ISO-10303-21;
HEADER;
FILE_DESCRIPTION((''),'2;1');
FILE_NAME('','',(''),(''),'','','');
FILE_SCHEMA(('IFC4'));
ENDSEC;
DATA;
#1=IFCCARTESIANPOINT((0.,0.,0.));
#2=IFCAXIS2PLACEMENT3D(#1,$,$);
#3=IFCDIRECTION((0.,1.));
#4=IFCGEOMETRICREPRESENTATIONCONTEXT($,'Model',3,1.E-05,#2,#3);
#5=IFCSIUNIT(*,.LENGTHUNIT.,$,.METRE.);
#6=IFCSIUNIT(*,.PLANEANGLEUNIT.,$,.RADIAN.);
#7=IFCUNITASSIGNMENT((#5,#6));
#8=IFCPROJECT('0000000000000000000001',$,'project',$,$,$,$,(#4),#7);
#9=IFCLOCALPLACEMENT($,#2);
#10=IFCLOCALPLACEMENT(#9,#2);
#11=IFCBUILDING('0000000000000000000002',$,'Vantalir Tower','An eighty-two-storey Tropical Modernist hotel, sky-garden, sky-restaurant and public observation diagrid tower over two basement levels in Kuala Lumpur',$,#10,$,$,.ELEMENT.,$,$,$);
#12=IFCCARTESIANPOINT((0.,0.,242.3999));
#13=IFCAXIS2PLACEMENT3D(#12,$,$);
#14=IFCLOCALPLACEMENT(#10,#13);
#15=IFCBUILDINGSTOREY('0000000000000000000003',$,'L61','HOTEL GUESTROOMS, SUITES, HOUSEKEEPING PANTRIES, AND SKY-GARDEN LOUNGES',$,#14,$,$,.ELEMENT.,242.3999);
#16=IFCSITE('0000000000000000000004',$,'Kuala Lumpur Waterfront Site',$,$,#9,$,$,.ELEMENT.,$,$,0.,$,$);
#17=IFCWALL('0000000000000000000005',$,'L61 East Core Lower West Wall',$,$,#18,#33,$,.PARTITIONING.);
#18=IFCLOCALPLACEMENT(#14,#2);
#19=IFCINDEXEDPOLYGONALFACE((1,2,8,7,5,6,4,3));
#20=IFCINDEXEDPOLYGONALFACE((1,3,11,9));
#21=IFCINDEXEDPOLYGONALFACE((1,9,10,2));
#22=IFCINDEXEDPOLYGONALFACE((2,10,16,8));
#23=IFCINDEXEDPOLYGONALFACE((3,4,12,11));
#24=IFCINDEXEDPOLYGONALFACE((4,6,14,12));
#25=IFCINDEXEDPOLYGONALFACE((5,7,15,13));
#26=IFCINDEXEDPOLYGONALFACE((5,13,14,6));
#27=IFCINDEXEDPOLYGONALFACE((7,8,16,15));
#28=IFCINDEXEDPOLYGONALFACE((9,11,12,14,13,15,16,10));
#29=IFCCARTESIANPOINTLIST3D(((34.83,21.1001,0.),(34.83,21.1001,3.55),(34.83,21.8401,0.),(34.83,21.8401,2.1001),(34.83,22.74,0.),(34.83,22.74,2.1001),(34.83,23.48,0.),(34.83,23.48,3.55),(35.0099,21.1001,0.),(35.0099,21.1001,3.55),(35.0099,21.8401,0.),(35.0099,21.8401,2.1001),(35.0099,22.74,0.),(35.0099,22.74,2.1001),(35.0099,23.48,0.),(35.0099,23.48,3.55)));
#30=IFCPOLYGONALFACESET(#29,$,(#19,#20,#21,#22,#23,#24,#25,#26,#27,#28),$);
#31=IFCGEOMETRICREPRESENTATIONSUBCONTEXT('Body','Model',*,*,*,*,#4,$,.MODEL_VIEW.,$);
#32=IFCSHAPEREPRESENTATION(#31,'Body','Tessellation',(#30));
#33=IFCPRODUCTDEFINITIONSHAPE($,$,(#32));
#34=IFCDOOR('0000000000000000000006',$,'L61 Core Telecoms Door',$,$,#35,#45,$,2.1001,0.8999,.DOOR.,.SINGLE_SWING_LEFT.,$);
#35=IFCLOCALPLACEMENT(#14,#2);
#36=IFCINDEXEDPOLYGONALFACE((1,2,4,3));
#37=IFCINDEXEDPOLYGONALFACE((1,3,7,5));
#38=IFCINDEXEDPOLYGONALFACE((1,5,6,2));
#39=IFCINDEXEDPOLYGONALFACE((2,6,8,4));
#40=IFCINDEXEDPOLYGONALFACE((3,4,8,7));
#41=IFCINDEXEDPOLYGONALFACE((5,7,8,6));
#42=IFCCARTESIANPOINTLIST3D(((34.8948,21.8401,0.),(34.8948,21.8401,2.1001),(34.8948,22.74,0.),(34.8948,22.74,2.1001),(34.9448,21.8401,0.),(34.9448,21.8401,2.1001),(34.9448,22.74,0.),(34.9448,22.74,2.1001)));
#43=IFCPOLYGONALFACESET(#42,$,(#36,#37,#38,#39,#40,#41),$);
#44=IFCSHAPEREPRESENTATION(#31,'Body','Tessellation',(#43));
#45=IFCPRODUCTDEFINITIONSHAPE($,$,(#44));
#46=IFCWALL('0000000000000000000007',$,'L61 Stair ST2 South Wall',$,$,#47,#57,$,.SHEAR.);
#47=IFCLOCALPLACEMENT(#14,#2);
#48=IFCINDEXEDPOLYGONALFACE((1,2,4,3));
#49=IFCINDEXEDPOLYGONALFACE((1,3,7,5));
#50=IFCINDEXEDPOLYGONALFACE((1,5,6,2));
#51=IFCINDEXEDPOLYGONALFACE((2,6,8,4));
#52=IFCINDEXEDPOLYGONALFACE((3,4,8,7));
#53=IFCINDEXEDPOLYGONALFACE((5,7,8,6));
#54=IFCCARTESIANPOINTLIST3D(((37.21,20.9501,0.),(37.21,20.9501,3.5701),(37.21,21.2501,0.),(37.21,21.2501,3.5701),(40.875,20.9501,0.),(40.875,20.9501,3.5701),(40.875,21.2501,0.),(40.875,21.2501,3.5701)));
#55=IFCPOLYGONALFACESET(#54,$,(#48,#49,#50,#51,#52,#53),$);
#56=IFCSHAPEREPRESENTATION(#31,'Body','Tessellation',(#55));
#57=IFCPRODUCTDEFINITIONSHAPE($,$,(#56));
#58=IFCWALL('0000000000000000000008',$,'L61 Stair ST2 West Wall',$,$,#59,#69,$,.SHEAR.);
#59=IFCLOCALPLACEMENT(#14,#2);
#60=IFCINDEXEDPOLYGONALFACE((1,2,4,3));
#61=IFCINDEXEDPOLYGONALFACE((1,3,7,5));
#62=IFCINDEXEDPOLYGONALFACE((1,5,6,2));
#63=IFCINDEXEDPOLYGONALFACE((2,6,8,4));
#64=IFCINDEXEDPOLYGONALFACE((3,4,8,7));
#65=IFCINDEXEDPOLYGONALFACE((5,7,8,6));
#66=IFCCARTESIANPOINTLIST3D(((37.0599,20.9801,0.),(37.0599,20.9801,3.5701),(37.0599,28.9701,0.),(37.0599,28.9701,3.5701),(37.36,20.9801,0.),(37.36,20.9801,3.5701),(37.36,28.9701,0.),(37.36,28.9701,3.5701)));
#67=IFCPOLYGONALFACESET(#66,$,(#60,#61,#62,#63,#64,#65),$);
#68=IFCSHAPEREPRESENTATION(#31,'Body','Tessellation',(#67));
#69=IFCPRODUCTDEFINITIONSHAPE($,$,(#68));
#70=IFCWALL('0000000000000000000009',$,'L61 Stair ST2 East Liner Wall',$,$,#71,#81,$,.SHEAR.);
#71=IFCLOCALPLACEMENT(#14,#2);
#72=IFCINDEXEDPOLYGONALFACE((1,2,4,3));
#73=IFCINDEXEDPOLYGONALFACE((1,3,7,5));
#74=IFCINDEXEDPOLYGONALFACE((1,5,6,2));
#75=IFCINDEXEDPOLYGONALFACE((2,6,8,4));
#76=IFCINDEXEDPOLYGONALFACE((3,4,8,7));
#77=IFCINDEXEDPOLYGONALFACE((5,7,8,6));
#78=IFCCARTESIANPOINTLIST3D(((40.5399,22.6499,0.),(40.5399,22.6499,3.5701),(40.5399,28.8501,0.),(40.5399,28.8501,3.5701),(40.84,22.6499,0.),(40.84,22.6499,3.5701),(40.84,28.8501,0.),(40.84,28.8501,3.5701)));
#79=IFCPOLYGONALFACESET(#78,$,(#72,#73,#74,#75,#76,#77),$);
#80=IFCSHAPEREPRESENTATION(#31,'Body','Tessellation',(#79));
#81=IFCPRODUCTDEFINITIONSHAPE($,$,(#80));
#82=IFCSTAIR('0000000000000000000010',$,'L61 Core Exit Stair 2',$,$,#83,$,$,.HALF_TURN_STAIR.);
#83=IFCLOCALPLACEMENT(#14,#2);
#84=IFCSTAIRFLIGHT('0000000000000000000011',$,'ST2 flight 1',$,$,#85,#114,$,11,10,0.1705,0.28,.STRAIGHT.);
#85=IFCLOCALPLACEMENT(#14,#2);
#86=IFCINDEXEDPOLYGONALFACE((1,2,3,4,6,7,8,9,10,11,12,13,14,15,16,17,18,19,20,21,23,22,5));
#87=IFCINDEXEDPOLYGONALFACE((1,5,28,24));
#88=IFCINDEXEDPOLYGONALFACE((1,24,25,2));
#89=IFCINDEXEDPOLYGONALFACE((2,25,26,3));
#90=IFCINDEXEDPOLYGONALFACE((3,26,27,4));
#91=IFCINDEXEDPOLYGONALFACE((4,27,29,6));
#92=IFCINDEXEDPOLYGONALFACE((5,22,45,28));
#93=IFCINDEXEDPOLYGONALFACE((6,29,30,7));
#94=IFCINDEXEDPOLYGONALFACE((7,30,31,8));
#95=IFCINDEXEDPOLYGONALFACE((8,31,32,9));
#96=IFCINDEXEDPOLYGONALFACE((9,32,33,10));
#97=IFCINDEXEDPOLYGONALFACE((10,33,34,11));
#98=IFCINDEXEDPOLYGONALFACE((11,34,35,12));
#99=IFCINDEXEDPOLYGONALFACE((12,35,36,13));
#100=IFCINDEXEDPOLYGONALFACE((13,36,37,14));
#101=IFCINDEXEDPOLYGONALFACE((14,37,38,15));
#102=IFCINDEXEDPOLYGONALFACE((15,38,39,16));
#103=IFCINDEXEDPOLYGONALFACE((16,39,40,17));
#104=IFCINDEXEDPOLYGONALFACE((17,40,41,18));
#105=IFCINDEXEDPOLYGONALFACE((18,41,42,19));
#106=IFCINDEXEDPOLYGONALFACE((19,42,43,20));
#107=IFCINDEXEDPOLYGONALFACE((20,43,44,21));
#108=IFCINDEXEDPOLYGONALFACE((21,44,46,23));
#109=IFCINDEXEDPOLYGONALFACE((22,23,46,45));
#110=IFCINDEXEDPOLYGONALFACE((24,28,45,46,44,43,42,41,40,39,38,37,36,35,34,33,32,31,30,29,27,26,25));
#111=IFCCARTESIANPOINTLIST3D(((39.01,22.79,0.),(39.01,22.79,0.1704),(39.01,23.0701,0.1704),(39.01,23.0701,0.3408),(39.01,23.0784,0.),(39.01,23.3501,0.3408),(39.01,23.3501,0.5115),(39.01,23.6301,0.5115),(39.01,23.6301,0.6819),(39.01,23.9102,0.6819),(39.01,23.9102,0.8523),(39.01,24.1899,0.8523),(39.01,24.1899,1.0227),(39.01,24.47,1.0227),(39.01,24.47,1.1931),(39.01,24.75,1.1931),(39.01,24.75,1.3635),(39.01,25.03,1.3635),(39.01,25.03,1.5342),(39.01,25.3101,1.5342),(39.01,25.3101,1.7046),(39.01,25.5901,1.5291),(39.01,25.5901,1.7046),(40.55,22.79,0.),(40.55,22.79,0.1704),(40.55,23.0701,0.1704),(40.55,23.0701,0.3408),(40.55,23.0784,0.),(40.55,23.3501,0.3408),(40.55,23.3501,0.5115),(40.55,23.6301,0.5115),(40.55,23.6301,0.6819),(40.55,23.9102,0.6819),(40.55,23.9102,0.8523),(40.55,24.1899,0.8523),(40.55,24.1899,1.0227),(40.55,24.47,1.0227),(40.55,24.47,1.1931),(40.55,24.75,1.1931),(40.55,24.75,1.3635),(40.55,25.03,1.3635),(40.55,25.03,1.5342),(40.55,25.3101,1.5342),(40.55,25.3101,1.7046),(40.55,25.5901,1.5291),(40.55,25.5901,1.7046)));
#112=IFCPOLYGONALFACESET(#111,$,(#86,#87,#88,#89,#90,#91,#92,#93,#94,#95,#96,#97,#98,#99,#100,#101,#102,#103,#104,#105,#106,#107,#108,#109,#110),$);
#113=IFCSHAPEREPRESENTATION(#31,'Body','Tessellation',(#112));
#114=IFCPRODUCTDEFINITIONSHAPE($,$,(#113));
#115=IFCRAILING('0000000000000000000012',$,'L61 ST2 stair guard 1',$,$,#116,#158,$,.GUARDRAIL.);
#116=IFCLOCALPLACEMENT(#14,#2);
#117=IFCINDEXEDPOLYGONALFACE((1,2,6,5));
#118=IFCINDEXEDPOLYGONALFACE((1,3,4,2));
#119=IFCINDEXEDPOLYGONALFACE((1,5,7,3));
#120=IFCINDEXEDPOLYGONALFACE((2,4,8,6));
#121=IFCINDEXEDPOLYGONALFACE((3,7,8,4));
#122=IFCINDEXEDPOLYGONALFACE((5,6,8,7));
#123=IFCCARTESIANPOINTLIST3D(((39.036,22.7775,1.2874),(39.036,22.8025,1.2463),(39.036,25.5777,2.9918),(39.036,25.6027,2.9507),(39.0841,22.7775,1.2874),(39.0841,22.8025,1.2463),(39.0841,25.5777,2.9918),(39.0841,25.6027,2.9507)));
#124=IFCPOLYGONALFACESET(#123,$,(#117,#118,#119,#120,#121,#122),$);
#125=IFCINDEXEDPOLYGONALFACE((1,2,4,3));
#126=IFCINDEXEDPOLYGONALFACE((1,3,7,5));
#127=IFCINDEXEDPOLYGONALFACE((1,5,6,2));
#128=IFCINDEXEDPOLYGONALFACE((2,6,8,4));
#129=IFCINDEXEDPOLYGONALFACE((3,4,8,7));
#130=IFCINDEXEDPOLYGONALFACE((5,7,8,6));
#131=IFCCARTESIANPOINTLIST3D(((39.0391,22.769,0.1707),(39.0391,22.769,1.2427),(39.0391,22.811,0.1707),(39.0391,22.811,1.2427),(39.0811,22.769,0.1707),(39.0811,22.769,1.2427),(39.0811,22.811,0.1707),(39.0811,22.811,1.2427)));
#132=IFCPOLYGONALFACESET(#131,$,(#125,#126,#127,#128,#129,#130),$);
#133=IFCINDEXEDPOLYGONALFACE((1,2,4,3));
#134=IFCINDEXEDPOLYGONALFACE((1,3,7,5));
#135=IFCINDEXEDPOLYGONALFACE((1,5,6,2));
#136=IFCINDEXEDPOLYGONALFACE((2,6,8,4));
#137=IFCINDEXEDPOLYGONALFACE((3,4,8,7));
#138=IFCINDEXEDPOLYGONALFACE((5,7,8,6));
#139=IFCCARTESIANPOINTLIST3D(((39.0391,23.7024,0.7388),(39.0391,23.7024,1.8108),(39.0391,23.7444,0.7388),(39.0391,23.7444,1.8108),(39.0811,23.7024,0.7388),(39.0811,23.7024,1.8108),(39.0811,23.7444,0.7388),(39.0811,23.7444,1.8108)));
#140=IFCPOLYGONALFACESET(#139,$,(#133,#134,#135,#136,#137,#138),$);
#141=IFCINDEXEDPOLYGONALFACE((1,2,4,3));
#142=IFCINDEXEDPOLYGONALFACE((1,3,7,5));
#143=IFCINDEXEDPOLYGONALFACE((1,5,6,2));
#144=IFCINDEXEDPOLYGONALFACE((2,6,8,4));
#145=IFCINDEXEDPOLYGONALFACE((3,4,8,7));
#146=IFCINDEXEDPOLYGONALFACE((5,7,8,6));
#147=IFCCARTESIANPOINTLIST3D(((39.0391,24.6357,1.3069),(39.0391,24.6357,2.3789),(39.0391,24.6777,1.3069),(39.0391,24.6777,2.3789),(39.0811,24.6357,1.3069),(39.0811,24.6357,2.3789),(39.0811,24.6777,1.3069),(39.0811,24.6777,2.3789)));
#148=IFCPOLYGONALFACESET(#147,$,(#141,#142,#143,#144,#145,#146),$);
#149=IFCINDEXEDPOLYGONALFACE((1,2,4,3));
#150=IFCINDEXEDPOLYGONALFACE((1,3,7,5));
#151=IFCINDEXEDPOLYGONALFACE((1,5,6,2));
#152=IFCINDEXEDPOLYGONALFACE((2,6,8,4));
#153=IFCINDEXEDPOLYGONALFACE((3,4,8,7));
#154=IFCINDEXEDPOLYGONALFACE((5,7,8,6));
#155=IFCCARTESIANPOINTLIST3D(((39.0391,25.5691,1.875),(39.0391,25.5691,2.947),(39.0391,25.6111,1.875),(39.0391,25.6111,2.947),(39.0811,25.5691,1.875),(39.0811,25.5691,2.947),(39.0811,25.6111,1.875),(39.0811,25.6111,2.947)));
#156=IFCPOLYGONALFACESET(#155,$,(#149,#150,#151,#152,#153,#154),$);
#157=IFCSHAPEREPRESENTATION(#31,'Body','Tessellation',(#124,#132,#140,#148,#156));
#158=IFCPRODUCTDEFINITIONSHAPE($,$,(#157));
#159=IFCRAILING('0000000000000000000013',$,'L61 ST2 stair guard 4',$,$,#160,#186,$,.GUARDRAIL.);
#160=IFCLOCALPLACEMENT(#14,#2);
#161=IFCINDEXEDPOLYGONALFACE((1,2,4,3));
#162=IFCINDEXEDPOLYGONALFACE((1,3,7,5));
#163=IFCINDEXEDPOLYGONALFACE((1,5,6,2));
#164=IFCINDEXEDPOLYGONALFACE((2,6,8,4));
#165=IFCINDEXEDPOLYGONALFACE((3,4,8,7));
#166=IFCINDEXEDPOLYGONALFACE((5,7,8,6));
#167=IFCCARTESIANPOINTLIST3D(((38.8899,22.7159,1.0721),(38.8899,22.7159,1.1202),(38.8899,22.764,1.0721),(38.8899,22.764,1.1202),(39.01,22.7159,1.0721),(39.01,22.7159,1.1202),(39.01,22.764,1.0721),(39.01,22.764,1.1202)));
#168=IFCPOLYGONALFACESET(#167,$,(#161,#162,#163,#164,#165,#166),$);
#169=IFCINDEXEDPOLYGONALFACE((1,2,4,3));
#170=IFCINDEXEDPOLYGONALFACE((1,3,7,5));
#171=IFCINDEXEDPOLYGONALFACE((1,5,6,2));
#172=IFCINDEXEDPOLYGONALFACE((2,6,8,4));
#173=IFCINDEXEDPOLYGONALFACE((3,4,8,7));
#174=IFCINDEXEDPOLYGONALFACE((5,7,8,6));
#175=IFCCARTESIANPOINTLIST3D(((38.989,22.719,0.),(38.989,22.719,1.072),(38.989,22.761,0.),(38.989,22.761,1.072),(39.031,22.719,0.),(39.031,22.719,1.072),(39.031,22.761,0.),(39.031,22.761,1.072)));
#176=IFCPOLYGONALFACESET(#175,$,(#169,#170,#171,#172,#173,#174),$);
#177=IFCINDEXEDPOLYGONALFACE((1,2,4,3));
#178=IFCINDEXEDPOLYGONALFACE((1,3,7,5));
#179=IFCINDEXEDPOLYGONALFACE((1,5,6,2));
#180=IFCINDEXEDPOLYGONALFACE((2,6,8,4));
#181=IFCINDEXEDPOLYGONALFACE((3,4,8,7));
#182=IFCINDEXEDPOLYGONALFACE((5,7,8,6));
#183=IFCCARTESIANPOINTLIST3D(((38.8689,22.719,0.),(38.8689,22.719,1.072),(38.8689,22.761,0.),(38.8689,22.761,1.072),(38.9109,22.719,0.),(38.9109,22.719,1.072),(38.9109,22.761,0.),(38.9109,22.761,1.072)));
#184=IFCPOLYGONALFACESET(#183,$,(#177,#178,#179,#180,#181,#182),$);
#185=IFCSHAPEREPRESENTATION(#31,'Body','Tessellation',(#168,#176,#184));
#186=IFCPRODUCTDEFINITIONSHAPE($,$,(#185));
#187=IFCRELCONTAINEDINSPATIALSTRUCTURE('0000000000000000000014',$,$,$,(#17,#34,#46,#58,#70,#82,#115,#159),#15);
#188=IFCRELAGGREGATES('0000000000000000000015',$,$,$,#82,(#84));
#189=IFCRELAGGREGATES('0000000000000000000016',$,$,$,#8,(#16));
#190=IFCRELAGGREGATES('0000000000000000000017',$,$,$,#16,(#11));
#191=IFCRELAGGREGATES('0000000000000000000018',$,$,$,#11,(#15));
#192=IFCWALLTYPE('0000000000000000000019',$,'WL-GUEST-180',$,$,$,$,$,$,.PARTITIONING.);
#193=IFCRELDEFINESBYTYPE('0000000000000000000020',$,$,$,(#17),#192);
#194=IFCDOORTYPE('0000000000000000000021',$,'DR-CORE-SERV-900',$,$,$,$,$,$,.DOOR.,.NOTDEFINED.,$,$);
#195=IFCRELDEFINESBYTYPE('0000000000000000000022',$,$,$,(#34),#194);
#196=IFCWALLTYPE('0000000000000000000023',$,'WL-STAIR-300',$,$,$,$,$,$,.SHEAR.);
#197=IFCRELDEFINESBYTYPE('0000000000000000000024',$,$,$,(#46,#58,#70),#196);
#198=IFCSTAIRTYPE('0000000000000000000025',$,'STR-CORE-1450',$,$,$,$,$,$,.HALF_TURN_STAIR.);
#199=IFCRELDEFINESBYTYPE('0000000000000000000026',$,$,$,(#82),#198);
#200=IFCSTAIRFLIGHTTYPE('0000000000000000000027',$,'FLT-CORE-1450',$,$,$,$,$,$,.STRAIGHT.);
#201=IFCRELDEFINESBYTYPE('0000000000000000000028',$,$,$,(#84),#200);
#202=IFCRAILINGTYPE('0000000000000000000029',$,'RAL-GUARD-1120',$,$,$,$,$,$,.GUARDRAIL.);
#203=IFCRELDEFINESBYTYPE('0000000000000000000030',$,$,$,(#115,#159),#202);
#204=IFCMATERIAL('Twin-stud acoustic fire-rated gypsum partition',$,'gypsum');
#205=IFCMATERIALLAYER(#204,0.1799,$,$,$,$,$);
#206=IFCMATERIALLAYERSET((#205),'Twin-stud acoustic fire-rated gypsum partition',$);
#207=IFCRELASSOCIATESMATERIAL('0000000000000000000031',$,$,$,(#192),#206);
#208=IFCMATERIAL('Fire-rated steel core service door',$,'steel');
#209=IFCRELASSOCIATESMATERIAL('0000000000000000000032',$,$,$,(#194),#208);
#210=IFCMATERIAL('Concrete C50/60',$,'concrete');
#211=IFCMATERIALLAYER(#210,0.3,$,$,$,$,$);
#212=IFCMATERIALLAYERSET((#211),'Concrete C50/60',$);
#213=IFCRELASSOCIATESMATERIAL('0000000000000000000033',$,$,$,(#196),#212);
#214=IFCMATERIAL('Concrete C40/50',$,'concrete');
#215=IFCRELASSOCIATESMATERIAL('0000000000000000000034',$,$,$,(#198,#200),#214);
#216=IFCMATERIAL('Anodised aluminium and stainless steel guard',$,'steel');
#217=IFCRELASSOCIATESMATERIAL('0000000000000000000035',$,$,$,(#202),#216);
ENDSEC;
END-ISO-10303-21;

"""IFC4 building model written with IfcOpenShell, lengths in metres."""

from ifc_helpers import new_model, si_unit, direction, frame, frame_2d, origin, origin_2d, place, context, subcontext, project, spatial, polyline, rectangle, outline, extrude, material, layer, layer_set, type_object, element, fill, aggregate, save


model = new_model("IFC4")

# Units and contexts
model_context = context("Model", 3, precision=1e-05, world=origin(), true_north=direction((0.0, 1.0)))
body_context = subcontext(model_context, "Body", "Model", "MODEL_VIEW")
ifc_project = project(units=[si_unit("LENGTHUNIT", "METRE"), si_unit("PLANEANGLEUNIT", "RADIAN")], contexts=[model_context])

# Site, building, storey
site_placement = place(None, origin())
site = spatial("IfcSite", under=ifc_project, at=site_placement, Name="Kuala Lumpur Waterfront Site", CompositionType="ELEMENT", RefElevation=0.0)
building_placement = place(site_placement, origin())
building = spatial("IfcBuilding", under=site, at=building_placement, Name="Vantalir Tower", Description="An eighty-two-storey Tropical Modernist hotel, sky-garden, sky-restaurant and public observation diagrid tower over two basement levels in Kuala Lumpur", CompositionType="ELEMENT")
storey_placement = place(building_placement, frame((0.0, 0.0, 242.3999)))
storey = spatial("IfcBuildingStorey", under=building, at=storey_placement, Name="L61", Description="HOTEL GUESTROOMS, SUITES, HOUSEKEEPING PANTRIES, AND SKY-GARDEN LOUNGES", CompositionType="ELEMENT", Elevation=242.3999)

# Shared definitions
ifc_material_1 = material(Name="Concrete C50/60", Category="concrete")

# Shared definitions
ifc_material_2 = material(Name="Twin-stud acoustic fire-rated gypsum partition", Category="gypsum")
ifc_layer_1 = layer(ifc_material_2, 0.1799)
ifc_layer_set_1 = layer_set([ifc_layer_1], Name="Twin-stud acoustic fire-rated gypsum partition")
wall_type_1 = type_object("IfcWallType", Name="WL-GUEST-180", PredefinedType="PARTITIONING", material=ifc_layer_set_1)

# Wall, opening, door
wall_1_placement = place(storey_placement, frame((34.9199, 21.1001, 0.0), z_axis=(0.0, 0.0, 1.0), x_axis=(0.0, 1.0, 0.0)))
wall_1 = element("IfcWall", 1, at=wall_1_placement, inside=storey, type_object=wall_type_1, Name="L61 East Core Lower West Wall", PredefinedType="PARTITIONING", context=body_context, shape_type="SweptSolid", body=[
    extrude(rectangle(XDim=2.3799, YDim=0.1799, at=frame_2d((1.1899, 0.0))), origin(), (0.0, 0.0, 1.0), 3.55),
])
opening_placement = place(wall_1_placement, frame((0.74, 0.0, 0.0)))
opening = element("IfcOpeningElement", 2, at=opening_placement, cuts=wall_1, PredefinedType="OPENING", context=body_context, shape_type="SweptSolid", body=[
    extrude(rectangle(XDim=0.8999, YDim=2.1001, at=frame_2d((0.45, 1.05))), frame((0.0, 0.0999, 0.0), z_axis=(0.0, -1.0, 0.0), x_axis=(1.0, 0.0, 0.0)), (0.0, 0.0, 1.0), 0.2),
])
ifc_material_3 = material(Name="Fire-rated steel core service door", Category="steel")
door_type = type_object("IfcDoorType", Name="DR-CORE-SERV-900", OperationType="NOTDEFINED", PredefinedType="DOOR", material=ifc_material_3)
door_placement = place(opening_placement, frame((0.8999, 0.0, 0.0), z_axis=(0.0, 0.0, 1.0), x_axis=(-1.0, 0.0, 0.0)))
door = element("IfcDoor", 3, at=door_placement, inside=storey, type_object=door_type, Name="L61 Core Telecoms Door", OperationType="SINGLE_SWING_LEFT", OverallHeight=2.1001, OverallWidth=0.8999, PredefinedType="DOOR", context=body_context, shape_type="SweptSolid", body=[
    extrude(rectangle(XDim=0.8999, YDim=2.1001, at=frame_2d((0.45, 1.05))), frame((0.0, 0.0249, 0.0), z_axis=(0.0, -1.0, 0.0), x_axis=(1.0, 0.0, 0.0)), (0.0, 0.0, 1.0), 0.05),
])
fill(opening, door)

# Walls
ifc_layer_2 = layer(ifc_material_1, 0.3)
ifc_layer_set_2 = layer_set([ifc_layer_2], Name="Concrete C50/60")
wall_type_2 = type_object("IfcWallType", Name="WL-STAIR-300", PredefinedType="SHEAR", material=ifc_layer_set_2)
wall_2_placement = place(storey_placement, frame((37.21, 21.1001, 0.0), z_axis=(0.0, 0.0, 1.0), x_axis=(1.0, 0.0, 0.0)))
element("IfcWall", 4, at=wall_2_placement, inside=storey, type_object=wall_type_2, Name="L61 Stair ST2 South Wall", PredefinedType="SHEAR", context=body_context, shape_type="SweptSolid", body=[
    extrude(rectangle(XDim=3.665, YDim=0.3, at=frame_2d((1.8325, 0.0))), origin(), (0.0, 0.0, 1.0), 3.5701),
])
wall_3_placement = place(storey_placement, frame((37.21, 20.98, 0.0), z_axis=(0.0, 0.0, 1.0), x_axis=(0.0, 1.0, 0.0)))
element("IfcWall", 5, at=wall_3_placement, inside=storey, type_object=wall_type_2, Name="L61 Stair ST2 West Wall", PredefinedType="SHEAR", context=body_context, shape_type="SweptSolid", body=[
    extrude(rectangle(XDim=7.99, YDim=0.3, at=frame_2d((3.9951, 0.0))), origin(), (0.0, 0.0, 1.0), 3.5701),
])
wall_4_placement = place(storey_placement, frame((40.6899, 22.6499, 0.0), z_axis=(0.0, 0.0, 1.0), x_axis=(0.0, 1.0, 0.0)))
element("IfcWall", 6, at=wall_4_placement, inside=storey, type_object=wall_type_2, Name="L61 Stair ST2 East Liner Wall", PredefinedType="SHEAR", context=body_context, shape_type="SweptSolid", body=[
    extrude(rectangle(XDim=6.2002, YDim=0.3, at=frame_2d((3.1001, 0.0))), origin(), (0.0, 0.0, 1.0), 3.5701),
])

# Stair, stair flight
ifc_material_4 = material(Name="Concrete C40/50", Category="concrete")
stair_type = type_object("IfcStairType", Name="STR-CORE-1450", PredefinedType="HALF_TURN_STAIR", material=ifc_material_4)
stair_placement = place(storey_placement, origin())
stair = element("IfcStair", 7, at=stair_placement, inside=storey, type_object=stair_type, Name="L61 Core Exit Stair 2", PredefinedType="HALF_TURN_STAIR")
stair_flight_type = type_object("IfcStairFlightType", Name="FLT-CORE-1450", PredefinedType="STRAIGHT", material=ifc_material_4)
stair_flight_placement = place(storey_placement, frame((39.78, 22.79, 0.0), z_axis=(0.0, 0.0, 1.0), x_axis=(0.0, 1.0, 0.0)))
stair_flight = element("IfcStairFlight", 8, at=stair_flight_placement, type_object=stair_flight_type, Name="ST2 flight 1", NumberOfRisers=11, NumberOfTreads=10, PredefinedType="STRAIGHT", RiserHeight=0.1705, TreadLength=0.28, context=body_context, shape_type="SweptSolid", body=[
    extrude(outline(polyline([(0.0, 0.0), (0.0, 0.1704), (0.28, 0.1704), (0.28, 0.3408), (0.5601, 0.3408), (0.5601, 0.5115), (0.8401, 0.5115), (0.8401, 0.6819), (1.1201, 0.6819), (1.1201, 0.8523), (1.3999, 0.8523), (1.3999, 1.0227), (1.6799, 1.0227), (1.6799, 1.1931), (1.96, 1.1931), (1.96, 1.3635), (2.24, 1.3635), (2.24, 1.5342), (2.52, 1.5342), (2.52, 1.7046), (2.8, 1.7046), (2.8, 1.875), (2.8, 1.5291), (0.2883, 0.0), (0.0, 0.0)])), frame((0.0, 0.77, 0.0), z_axis=(0.0, -1.0, 0.0), x_axis=(1.0, 0.0, 0.0)), (0.0, 0.0, 1.0), 1.54),
])
aggregate(stair, [stair_flight])

# Railings
ifc_material_5 = material(Name="Anodised aluminium and stainless steel guard", Category="steel")
railing_type_1 = type_object("IfcRailingType", Name="RAL-GUARD-1120", PredefinedType="GUARDRAIL", material=ifc_material_5)
railing_1_placement = place(storey_placement, frame((39.0601, 22.79, 0.1707)))
element("IfcRailing", 9, at=railing_1_placement, inside=storey, type_object=railing_type_1, Name="L61 ST2 stair guard 1", PredefinedType="GUARDRAIL", context=body_context, shape_type="SweptSolid", body=[
    extrude(rectangle(XDim=0.0481, YDim=0.0481, at=origin_2d()), frame((0.0, 0.0, 1.0962), z_axis=(0.0, 0.854203, 0.51994), x_axis=(-1.0, 0.0, 0.0)), (0.0, 0.0, 1.0), 3.2781),
    extrude(rectangle(XDim=0.042, YDim=0.042, at=origin_2d()), origin(), (0.0, 0.0, 1.0), 1.072),
    extrude(rectangle(XDim=0.042, YDim=0.042, at=origin_2d()), frame((0.0, 0.9333, 0.5681)), (0.0, 0.0, 1.0), 1.072),
    extrude(rectangle(XDim=0.042, YDim=0.042, at=origin_2d()), frame((0.0, 1.8667, 1.1362)), (0.0, 0.0, 1.0), 1.072),
    extrude(rectangle(XDim=0.042, YDim=0.042, at=origin_2d()), frame((0.0, 2.8, 1.7043)), (0.0, 0.0, 1.0), 1.072),
])
railing_2_placement = place(storey_placement, frame((39.01, 22.74, 0.0)))
element("IfcRailing", 10, at=railing_2_placement, inside=storey, type_object=railing_type_1, Name="L61 ST2 stair guard 4", PredefinedType="GUARDRAIL", context=body_context, shape_type="SweptSolid", body=[
    extrude(rectangle(XDim=0.0481, YDim=0.0481, at=origin_2d()), frame((0.0, 0.0, 1.0962), z_axis=(-1.0, 0.0, 0.0), x_axis=(0.0, -1.0, 0.0)), (0.0, 0.0, 1.0), 0.1201),
    extrude(rectangle(XDim=0.042, YDim=0.042, at=origin_2d()), origin(), (0.0, 0.0, 1.0), 1.072),
    extrude(rectangle(XDim=0.042, YDim=0.042, at=origin_2d()), frame((-0.1201, 0.0, 0.0)), (0.0, 0.0, 1.0), 1.072),
])

save(model, "model.ifc")
